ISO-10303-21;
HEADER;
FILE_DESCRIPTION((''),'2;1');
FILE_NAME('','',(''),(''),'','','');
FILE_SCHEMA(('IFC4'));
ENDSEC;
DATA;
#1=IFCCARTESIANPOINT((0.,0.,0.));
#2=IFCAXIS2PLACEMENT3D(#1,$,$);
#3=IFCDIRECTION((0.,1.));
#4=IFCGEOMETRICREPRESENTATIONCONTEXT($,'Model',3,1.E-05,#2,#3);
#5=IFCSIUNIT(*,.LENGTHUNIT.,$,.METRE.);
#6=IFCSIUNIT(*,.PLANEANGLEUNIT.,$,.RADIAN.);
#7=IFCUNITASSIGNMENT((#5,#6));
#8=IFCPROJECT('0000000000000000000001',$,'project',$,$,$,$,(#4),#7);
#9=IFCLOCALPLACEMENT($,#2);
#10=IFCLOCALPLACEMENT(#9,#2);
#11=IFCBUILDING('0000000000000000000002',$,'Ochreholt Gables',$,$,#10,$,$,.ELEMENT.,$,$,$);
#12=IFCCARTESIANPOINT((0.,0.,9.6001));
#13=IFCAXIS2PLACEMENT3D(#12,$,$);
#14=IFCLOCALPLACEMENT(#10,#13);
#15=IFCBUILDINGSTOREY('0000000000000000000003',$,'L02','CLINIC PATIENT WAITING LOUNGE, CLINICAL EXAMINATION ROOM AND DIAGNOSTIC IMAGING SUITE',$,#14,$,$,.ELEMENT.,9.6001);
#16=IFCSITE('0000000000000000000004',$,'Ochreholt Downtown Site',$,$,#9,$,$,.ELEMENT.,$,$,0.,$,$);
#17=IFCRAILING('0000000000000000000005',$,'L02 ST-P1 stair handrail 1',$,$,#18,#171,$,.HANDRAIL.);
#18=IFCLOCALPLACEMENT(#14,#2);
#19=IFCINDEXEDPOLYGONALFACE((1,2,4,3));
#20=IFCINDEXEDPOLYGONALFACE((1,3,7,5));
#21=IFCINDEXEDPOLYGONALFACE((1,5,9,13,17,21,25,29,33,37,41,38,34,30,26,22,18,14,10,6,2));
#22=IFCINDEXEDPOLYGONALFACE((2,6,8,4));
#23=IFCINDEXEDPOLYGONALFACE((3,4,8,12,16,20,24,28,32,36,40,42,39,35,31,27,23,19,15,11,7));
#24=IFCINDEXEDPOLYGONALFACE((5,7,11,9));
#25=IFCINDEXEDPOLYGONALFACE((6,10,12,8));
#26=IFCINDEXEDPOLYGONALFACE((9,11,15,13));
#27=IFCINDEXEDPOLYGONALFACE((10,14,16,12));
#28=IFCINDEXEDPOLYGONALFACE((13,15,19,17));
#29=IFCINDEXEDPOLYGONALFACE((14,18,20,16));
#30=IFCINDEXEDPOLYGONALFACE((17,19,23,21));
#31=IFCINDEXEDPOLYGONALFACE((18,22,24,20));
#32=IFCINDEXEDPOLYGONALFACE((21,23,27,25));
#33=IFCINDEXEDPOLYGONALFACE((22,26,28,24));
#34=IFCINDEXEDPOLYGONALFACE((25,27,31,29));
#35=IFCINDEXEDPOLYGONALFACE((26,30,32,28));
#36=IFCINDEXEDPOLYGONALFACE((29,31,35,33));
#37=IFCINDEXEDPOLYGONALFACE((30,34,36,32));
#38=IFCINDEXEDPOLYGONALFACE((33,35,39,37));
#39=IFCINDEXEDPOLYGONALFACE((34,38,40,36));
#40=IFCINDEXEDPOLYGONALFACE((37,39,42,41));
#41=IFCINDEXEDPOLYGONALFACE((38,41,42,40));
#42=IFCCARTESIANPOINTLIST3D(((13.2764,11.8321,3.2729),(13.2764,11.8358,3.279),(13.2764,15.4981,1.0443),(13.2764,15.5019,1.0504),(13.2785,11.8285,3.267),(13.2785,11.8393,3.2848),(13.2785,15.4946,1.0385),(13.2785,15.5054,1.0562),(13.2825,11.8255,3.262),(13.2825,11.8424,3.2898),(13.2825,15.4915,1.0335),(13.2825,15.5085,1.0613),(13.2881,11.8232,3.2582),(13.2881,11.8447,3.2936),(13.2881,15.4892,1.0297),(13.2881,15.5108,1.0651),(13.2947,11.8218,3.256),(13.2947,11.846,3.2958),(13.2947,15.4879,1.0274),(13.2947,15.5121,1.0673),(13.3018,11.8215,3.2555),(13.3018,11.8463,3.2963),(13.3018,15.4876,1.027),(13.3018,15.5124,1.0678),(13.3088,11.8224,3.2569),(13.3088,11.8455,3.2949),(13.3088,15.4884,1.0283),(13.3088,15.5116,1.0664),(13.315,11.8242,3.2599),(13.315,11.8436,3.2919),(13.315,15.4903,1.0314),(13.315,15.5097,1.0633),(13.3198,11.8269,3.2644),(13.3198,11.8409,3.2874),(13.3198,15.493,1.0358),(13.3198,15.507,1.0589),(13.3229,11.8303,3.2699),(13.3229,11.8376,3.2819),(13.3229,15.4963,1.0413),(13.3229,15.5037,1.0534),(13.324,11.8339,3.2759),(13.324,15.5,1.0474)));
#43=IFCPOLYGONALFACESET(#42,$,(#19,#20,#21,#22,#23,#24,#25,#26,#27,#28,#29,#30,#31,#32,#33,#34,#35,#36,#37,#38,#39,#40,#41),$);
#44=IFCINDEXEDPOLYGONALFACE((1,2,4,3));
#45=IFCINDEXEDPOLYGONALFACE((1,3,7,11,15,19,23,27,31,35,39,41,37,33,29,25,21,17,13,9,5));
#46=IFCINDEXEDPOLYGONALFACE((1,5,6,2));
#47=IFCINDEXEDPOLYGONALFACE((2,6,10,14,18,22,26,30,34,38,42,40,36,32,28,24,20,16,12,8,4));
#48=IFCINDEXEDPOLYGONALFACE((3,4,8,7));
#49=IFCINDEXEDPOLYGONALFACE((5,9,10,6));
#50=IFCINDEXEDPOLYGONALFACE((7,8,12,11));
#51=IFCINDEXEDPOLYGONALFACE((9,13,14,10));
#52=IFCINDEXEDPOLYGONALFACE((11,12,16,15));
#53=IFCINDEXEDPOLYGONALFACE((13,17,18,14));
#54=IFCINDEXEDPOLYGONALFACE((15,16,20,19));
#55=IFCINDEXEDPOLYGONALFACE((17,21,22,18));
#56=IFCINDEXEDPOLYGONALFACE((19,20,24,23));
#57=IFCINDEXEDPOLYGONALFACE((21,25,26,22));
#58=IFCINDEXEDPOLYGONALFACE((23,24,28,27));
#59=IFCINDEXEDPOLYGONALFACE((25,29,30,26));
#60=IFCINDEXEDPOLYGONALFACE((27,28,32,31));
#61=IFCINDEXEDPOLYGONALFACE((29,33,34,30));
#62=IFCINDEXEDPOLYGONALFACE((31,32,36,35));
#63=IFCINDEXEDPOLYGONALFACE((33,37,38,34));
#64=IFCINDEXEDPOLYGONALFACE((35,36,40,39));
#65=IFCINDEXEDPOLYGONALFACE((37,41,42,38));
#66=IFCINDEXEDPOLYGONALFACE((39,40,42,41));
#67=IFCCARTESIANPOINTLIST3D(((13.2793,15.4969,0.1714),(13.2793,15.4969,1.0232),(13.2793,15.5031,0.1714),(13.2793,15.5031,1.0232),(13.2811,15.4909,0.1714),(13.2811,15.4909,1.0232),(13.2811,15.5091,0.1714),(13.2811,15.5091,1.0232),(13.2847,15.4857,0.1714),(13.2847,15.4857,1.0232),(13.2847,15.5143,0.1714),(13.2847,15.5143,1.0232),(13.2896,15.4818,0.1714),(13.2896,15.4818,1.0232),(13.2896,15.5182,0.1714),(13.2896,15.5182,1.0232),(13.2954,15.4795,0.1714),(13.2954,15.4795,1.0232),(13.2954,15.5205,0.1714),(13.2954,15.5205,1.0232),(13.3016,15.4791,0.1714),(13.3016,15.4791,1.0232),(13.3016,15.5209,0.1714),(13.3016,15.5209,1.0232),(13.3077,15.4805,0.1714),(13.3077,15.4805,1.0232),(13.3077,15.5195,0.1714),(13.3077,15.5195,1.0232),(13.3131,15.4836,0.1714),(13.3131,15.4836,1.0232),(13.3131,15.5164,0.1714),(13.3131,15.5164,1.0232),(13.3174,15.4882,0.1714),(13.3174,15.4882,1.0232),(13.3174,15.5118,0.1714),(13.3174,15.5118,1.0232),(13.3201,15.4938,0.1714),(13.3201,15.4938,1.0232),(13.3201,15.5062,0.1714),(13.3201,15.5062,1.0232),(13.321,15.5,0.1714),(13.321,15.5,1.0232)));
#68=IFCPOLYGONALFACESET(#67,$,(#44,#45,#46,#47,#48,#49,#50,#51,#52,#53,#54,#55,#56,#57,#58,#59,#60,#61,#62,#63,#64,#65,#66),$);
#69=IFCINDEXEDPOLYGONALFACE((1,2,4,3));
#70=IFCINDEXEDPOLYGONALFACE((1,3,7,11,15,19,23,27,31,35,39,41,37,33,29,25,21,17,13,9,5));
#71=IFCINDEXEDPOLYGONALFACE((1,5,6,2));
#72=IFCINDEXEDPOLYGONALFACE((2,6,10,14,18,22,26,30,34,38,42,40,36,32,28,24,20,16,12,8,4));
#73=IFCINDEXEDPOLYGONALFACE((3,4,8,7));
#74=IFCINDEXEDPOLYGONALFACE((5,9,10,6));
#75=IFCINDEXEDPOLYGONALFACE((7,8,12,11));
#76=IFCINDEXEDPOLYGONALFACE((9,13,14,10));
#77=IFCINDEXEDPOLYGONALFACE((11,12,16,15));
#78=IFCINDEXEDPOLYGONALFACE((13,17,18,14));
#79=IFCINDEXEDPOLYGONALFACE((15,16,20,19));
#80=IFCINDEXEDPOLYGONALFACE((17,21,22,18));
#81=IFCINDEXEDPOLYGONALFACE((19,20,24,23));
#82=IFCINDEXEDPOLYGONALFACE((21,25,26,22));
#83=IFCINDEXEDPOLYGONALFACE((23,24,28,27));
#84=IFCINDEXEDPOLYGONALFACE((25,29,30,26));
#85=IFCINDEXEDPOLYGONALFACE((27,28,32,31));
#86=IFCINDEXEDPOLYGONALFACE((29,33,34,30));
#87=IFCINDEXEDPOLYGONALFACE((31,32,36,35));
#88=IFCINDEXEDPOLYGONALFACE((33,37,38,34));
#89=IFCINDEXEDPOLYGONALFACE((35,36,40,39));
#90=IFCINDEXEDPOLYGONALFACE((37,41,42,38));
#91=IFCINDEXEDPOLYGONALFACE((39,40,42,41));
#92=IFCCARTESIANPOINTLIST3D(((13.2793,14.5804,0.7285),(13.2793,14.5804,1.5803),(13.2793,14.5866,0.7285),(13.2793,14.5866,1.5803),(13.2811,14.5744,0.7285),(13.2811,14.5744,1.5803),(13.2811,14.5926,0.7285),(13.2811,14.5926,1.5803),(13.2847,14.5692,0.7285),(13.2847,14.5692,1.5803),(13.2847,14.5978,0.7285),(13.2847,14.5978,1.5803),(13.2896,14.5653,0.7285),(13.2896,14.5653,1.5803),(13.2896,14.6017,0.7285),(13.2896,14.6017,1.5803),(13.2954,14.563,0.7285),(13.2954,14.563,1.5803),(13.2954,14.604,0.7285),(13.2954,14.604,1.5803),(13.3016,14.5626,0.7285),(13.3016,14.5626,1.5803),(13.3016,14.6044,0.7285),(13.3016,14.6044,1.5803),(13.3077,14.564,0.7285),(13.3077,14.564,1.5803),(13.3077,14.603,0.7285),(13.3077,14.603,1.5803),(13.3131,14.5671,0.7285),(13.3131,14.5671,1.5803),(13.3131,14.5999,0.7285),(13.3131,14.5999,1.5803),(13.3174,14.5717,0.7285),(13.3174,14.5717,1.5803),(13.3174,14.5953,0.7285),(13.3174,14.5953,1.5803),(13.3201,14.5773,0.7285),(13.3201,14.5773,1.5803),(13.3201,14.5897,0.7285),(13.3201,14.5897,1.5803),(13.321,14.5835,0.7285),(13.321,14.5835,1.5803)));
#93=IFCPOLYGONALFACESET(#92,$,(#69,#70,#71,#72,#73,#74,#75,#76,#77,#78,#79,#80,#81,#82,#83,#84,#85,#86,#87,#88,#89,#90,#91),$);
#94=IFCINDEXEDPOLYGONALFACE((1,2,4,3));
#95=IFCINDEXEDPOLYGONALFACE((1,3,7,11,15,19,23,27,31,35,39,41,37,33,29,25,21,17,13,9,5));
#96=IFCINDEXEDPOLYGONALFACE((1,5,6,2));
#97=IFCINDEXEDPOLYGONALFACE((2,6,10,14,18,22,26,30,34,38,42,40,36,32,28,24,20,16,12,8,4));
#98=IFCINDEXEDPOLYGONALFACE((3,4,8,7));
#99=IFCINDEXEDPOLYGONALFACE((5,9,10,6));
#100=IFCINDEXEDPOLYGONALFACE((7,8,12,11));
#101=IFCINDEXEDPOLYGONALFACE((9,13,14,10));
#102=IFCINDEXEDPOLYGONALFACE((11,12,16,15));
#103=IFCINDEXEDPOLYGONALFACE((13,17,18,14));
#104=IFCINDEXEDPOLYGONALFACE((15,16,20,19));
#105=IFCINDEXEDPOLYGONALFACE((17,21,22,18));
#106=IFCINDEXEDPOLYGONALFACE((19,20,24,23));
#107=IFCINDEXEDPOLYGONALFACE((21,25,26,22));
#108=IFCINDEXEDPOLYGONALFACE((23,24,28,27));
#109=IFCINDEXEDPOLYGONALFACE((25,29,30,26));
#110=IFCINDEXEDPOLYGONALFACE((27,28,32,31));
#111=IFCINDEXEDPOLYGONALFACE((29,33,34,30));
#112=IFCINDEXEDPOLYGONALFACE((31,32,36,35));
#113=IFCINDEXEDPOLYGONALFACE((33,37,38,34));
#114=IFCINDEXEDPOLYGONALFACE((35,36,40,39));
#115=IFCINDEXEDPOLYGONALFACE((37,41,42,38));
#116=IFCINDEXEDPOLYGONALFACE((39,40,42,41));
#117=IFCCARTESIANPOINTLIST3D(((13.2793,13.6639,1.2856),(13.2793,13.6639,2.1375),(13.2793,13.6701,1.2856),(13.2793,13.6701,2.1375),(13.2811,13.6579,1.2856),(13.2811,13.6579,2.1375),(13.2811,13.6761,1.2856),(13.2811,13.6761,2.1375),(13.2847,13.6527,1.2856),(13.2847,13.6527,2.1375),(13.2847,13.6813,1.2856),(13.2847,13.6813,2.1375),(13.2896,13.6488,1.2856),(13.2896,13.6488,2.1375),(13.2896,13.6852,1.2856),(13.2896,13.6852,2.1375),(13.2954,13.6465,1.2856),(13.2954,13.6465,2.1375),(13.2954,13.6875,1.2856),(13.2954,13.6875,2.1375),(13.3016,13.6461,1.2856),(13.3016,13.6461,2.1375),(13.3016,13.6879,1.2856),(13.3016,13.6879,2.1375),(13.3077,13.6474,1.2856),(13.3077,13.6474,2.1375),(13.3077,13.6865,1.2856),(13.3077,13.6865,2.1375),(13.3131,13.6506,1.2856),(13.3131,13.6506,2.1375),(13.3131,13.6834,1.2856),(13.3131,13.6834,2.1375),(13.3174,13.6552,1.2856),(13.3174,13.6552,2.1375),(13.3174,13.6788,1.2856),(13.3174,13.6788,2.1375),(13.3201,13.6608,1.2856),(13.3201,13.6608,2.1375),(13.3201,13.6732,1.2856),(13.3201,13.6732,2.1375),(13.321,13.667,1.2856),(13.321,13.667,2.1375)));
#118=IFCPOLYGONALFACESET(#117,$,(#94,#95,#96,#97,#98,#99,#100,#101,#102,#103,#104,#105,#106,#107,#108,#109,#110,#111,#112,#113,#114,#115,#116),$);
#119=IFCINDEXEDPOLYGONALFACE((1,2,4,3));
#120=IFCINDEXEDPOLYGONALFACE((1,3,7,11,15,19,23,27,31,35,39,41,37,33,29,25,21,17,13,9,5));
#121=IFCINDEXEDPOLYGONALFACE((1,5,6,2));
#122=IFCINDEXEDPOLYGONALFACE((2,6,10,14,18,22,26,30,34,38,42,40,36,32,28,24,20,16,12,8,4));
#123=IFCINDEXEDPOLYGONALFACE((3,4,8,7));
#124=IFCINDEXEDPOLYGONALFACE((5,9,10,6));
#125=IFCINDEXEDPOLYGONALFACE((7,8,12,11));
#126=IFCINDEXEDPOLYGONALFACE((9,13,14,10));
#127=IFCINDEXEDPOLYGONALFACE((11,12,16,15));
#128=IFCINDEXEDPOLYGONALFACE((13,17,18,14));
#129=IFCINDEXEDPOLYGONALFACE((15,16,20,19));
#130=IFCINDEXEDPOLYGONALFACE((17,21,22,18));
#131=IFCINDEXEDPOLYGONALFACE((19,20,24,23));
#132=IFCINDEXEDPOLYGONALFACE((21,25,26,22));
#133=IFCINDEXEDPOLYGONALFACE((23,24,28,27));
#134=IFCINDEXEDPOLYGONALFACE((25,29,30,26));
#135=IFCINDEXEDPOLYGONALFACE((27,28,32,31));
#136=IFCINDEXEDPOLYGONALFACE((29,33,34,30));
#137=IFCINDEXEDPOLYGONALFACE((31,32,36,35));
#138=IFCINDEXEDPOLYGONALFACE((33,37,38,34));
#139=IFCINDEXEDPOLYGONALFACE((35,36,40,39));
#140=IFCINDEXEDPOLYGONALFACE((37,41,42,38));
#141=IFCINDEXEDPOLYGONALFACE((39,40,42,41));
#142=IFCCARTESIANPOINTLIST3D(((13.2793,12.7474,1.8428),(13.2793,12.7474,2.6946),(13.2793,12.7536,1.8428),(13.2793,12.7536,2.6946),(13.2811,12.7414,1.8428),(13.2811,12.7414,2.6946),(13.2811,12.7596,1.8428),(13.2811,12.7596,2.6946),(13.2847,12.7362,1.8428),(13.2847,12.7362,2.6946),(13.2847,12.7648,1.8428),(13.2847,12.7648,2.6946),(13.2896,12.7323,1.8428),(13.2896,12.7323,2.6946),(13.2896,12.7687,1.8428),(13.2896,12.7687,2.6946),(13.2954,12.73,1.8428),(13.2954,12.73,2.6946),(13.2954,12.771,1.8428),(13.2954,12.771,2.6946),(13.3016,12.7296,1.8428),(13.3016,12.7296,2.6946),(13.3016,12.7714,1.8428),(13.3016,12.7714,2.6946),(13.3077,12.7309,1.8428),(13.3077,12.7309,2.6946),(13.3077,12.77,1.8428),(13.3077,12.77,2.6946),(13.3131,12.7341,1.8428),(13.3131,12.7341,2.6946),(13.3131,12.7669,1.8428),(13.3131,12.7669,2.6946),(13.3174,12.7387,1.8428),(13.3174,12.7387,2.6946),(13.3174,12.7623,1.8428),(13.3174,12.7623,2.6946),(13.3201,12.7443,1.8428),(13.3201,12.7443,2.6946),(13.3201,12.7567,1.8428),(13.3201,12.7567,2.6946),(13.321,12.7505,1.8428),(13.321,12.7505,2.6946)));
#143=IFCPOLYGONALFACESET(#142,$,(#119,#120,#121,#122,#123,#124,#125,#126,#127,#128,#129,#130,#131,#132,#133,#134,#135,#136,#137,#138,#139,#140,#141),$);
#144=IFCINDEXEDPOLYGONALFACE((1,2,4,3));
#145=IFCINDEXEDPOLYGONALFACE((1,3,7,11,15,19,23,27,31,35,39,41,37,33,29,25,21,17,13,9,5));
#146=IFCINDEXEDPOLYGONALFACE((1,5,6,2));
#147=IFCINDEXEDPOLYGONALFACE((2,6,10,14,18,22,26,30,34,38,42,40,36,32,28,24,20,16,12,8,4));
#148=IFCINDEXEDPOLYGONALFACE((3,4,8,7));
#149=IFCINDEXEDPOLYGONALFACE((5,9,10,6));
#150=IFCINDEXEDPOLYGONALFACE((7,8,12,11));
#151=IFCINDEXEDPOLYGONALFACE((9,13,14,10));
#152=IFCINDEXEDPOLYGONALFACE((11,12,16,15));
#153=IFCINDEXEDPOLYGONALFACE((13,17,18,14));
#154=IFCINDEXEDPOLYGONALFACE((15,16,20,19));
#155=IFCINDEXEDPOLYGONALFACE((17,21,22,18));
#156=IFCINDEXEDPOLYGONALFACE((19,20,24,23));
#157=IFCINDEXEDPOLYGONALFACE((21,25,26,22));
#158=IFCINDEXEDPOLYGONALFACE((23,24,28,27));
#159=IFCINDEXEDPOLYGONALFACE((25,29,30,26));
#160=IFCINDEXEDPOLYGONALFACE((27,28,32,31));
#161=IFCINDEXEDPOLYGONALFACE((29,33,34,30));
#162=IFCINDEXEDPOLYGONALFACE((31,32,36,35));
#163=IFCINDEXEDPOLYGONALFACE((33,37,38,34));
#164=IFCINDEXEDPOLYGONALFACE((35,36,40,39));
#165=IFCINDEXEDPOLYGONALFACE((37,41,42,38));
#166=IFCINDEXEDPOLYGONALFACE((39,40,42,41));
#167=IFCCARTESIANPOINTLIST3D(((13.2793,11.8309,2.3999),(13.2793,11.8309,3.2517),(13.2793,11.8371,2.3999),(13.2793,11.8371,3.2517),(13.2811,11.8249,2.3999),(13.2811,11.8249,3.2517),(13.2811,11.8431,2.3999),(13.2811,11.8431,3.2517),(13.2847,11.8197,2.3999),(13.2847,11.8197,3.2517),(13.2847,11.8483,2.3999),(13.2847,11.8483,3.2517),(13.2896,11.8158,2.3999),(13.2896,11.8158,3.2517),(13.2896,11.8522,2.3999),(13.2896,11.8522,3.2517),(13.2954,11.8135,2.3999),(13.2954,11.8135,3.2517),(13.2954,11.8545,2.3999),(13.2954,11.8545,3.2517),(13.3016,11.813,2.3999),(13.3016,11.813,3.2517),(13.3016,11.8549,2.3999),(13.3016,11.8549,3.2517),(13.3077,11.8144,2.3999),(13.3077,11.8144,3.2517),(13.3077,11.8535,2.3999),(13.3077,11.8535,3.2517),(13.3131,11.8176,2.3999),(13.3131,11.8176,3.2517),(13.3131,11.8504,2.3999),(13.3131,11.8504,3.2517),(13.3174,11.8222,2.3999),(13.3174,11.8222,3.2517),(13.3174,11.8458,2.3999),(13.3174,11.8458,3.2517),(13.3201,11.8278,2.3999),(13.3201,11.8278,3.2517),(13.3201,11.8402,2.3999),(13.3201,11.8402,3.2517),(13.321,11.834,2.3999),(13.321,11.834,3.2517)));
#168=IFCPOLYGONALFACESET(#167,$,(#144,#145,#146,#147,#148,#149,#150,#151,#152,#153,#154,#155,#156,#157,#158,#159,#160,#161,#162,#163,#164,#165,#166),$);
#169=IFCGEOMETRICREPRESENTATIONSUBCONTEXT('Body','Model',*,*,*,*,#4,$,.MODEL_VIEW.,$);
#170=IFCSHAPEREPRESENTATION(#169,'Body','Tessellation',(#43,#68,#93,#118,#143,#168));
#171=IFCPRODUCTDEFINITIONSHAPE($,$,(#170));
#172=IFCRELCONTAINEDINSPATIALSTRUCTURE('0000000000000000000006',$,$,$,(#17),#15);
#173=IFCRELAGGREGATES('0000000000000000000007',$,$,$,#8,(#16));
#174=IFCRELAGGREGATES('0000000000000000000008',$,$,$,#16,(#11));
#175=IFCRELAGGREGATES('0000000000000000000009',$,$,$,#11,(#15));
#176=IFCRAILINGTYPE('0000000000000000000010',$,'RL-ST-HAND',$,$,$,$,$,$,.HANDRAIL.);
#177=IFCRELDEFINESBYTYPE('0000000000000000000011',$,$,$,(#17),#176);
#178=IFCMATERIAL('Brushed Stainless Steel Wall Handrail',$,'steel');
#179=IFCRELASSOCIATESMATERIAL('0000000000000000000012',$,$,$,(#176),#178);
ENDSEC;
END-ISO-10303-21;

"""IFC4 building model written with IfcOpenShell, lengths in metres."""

from ifc_helpers import new_model, si_unit, direction, frame, origin, origin_2d, place, context, subcontext, project, spatial, circle, extrude, material, type_object, element, save


model = new_model("IFC4")

# Units and contexts
model_context = context("Model", 3, precision=1e-05, world=origin(), true_north=direction((0.0, 1.0)))
body_context = subcontext(model_context, "Body", "Model", "MODEL_VIEW")
ifc_project = project(units=[si_unit("LENGTHUNIT", "METRE"), si_unit("PLANEANGLEUNIT", "RADIAN")], contexts=[model_context])

# Site, building, storey
site_placement = place(None, origin())
site = spatial("IfcSite", under=ifc_project, at=site_placement, Name="Ochreholt Downtown Site", CompositionType="ELEMENT", RefElevation=0.0)
building_placement = place(site_placement, origin())
building = spatial("IfcBuilding", under=site, at=building_placement, Name="Ochreholt Gables", CompositionType="ELEMENT")
storey_placement = place(building_placement, frame((0.0, 0.0, 9.6001)))
storey = spatial("IfcBuildingStorey", under=building, at=storey_placement, Name="L02", Description="CLINIC PATIENT WAITING LOUNGE, CLINICAL EXAMINATION ROOM AND DIAGNOSTIC IMAGING SUITE", CompositionType="ELEMENT", Elevation=9.6001)

# Railing
ifc_material_1 = material(Name="Brushed Stainless Steel Wall Handrail", Category="steel")
railing_type_1 = type_object("IfcRailingType", Name="RL-ST-HAND", PredefinedType="HANDRAIL", material=ifc_material_1)
railing_1_placement = place(storey_placement, frame((13.3, 15.5, 0.1714)))
element("IfcRailing", 1, at=railing_1_placement, inside=storey, type_object=railing_type_1, Name="L02 ST-P1 stair handrail 1", PredefinedType="HANDRAIL", context=body_context, shape_type="SweptSolid", body=[
    extrude(circle(Radius=0.0239, at=origin_2d()), frame((0.0, 0.0, 0.876), z_axis=(0.0, -0.854506, 0.519441), x_axis=(1.0, 0.0, 0.0)), (0.0, 0.0, 1.0), 4.2903),
    extrude(circle(Radius=0.021, at=origin_2d()), origin(), (0.0, 0.0, 1.0), 0.8518),
    extrude(circle(Radius=0.021, at=origin_2d()), frame((0.0, -0.9165, 0.5571)), (0.0, 0.0, 1.0), 0.8518),
    extrude(circle(Radius=0.021, at=origin_2d()), frame((0.0, -1.833, 1.1143)), (0.0, 0.0, 1.0), 0.8518),
    extrude(circle(Radius=0.021, at=origin_2d()), frame((0.0, -2.7495, 1.6714)), (0.0, 0.0, 1.0), 0.8518),
    extrude(circle(Radius=0.021, at=origin_2d()), frame((0.0, -3.666, 2.2285)), (0.0, 0.0, 1.0), 0.8518),
])

save(model, "model.ifc")
